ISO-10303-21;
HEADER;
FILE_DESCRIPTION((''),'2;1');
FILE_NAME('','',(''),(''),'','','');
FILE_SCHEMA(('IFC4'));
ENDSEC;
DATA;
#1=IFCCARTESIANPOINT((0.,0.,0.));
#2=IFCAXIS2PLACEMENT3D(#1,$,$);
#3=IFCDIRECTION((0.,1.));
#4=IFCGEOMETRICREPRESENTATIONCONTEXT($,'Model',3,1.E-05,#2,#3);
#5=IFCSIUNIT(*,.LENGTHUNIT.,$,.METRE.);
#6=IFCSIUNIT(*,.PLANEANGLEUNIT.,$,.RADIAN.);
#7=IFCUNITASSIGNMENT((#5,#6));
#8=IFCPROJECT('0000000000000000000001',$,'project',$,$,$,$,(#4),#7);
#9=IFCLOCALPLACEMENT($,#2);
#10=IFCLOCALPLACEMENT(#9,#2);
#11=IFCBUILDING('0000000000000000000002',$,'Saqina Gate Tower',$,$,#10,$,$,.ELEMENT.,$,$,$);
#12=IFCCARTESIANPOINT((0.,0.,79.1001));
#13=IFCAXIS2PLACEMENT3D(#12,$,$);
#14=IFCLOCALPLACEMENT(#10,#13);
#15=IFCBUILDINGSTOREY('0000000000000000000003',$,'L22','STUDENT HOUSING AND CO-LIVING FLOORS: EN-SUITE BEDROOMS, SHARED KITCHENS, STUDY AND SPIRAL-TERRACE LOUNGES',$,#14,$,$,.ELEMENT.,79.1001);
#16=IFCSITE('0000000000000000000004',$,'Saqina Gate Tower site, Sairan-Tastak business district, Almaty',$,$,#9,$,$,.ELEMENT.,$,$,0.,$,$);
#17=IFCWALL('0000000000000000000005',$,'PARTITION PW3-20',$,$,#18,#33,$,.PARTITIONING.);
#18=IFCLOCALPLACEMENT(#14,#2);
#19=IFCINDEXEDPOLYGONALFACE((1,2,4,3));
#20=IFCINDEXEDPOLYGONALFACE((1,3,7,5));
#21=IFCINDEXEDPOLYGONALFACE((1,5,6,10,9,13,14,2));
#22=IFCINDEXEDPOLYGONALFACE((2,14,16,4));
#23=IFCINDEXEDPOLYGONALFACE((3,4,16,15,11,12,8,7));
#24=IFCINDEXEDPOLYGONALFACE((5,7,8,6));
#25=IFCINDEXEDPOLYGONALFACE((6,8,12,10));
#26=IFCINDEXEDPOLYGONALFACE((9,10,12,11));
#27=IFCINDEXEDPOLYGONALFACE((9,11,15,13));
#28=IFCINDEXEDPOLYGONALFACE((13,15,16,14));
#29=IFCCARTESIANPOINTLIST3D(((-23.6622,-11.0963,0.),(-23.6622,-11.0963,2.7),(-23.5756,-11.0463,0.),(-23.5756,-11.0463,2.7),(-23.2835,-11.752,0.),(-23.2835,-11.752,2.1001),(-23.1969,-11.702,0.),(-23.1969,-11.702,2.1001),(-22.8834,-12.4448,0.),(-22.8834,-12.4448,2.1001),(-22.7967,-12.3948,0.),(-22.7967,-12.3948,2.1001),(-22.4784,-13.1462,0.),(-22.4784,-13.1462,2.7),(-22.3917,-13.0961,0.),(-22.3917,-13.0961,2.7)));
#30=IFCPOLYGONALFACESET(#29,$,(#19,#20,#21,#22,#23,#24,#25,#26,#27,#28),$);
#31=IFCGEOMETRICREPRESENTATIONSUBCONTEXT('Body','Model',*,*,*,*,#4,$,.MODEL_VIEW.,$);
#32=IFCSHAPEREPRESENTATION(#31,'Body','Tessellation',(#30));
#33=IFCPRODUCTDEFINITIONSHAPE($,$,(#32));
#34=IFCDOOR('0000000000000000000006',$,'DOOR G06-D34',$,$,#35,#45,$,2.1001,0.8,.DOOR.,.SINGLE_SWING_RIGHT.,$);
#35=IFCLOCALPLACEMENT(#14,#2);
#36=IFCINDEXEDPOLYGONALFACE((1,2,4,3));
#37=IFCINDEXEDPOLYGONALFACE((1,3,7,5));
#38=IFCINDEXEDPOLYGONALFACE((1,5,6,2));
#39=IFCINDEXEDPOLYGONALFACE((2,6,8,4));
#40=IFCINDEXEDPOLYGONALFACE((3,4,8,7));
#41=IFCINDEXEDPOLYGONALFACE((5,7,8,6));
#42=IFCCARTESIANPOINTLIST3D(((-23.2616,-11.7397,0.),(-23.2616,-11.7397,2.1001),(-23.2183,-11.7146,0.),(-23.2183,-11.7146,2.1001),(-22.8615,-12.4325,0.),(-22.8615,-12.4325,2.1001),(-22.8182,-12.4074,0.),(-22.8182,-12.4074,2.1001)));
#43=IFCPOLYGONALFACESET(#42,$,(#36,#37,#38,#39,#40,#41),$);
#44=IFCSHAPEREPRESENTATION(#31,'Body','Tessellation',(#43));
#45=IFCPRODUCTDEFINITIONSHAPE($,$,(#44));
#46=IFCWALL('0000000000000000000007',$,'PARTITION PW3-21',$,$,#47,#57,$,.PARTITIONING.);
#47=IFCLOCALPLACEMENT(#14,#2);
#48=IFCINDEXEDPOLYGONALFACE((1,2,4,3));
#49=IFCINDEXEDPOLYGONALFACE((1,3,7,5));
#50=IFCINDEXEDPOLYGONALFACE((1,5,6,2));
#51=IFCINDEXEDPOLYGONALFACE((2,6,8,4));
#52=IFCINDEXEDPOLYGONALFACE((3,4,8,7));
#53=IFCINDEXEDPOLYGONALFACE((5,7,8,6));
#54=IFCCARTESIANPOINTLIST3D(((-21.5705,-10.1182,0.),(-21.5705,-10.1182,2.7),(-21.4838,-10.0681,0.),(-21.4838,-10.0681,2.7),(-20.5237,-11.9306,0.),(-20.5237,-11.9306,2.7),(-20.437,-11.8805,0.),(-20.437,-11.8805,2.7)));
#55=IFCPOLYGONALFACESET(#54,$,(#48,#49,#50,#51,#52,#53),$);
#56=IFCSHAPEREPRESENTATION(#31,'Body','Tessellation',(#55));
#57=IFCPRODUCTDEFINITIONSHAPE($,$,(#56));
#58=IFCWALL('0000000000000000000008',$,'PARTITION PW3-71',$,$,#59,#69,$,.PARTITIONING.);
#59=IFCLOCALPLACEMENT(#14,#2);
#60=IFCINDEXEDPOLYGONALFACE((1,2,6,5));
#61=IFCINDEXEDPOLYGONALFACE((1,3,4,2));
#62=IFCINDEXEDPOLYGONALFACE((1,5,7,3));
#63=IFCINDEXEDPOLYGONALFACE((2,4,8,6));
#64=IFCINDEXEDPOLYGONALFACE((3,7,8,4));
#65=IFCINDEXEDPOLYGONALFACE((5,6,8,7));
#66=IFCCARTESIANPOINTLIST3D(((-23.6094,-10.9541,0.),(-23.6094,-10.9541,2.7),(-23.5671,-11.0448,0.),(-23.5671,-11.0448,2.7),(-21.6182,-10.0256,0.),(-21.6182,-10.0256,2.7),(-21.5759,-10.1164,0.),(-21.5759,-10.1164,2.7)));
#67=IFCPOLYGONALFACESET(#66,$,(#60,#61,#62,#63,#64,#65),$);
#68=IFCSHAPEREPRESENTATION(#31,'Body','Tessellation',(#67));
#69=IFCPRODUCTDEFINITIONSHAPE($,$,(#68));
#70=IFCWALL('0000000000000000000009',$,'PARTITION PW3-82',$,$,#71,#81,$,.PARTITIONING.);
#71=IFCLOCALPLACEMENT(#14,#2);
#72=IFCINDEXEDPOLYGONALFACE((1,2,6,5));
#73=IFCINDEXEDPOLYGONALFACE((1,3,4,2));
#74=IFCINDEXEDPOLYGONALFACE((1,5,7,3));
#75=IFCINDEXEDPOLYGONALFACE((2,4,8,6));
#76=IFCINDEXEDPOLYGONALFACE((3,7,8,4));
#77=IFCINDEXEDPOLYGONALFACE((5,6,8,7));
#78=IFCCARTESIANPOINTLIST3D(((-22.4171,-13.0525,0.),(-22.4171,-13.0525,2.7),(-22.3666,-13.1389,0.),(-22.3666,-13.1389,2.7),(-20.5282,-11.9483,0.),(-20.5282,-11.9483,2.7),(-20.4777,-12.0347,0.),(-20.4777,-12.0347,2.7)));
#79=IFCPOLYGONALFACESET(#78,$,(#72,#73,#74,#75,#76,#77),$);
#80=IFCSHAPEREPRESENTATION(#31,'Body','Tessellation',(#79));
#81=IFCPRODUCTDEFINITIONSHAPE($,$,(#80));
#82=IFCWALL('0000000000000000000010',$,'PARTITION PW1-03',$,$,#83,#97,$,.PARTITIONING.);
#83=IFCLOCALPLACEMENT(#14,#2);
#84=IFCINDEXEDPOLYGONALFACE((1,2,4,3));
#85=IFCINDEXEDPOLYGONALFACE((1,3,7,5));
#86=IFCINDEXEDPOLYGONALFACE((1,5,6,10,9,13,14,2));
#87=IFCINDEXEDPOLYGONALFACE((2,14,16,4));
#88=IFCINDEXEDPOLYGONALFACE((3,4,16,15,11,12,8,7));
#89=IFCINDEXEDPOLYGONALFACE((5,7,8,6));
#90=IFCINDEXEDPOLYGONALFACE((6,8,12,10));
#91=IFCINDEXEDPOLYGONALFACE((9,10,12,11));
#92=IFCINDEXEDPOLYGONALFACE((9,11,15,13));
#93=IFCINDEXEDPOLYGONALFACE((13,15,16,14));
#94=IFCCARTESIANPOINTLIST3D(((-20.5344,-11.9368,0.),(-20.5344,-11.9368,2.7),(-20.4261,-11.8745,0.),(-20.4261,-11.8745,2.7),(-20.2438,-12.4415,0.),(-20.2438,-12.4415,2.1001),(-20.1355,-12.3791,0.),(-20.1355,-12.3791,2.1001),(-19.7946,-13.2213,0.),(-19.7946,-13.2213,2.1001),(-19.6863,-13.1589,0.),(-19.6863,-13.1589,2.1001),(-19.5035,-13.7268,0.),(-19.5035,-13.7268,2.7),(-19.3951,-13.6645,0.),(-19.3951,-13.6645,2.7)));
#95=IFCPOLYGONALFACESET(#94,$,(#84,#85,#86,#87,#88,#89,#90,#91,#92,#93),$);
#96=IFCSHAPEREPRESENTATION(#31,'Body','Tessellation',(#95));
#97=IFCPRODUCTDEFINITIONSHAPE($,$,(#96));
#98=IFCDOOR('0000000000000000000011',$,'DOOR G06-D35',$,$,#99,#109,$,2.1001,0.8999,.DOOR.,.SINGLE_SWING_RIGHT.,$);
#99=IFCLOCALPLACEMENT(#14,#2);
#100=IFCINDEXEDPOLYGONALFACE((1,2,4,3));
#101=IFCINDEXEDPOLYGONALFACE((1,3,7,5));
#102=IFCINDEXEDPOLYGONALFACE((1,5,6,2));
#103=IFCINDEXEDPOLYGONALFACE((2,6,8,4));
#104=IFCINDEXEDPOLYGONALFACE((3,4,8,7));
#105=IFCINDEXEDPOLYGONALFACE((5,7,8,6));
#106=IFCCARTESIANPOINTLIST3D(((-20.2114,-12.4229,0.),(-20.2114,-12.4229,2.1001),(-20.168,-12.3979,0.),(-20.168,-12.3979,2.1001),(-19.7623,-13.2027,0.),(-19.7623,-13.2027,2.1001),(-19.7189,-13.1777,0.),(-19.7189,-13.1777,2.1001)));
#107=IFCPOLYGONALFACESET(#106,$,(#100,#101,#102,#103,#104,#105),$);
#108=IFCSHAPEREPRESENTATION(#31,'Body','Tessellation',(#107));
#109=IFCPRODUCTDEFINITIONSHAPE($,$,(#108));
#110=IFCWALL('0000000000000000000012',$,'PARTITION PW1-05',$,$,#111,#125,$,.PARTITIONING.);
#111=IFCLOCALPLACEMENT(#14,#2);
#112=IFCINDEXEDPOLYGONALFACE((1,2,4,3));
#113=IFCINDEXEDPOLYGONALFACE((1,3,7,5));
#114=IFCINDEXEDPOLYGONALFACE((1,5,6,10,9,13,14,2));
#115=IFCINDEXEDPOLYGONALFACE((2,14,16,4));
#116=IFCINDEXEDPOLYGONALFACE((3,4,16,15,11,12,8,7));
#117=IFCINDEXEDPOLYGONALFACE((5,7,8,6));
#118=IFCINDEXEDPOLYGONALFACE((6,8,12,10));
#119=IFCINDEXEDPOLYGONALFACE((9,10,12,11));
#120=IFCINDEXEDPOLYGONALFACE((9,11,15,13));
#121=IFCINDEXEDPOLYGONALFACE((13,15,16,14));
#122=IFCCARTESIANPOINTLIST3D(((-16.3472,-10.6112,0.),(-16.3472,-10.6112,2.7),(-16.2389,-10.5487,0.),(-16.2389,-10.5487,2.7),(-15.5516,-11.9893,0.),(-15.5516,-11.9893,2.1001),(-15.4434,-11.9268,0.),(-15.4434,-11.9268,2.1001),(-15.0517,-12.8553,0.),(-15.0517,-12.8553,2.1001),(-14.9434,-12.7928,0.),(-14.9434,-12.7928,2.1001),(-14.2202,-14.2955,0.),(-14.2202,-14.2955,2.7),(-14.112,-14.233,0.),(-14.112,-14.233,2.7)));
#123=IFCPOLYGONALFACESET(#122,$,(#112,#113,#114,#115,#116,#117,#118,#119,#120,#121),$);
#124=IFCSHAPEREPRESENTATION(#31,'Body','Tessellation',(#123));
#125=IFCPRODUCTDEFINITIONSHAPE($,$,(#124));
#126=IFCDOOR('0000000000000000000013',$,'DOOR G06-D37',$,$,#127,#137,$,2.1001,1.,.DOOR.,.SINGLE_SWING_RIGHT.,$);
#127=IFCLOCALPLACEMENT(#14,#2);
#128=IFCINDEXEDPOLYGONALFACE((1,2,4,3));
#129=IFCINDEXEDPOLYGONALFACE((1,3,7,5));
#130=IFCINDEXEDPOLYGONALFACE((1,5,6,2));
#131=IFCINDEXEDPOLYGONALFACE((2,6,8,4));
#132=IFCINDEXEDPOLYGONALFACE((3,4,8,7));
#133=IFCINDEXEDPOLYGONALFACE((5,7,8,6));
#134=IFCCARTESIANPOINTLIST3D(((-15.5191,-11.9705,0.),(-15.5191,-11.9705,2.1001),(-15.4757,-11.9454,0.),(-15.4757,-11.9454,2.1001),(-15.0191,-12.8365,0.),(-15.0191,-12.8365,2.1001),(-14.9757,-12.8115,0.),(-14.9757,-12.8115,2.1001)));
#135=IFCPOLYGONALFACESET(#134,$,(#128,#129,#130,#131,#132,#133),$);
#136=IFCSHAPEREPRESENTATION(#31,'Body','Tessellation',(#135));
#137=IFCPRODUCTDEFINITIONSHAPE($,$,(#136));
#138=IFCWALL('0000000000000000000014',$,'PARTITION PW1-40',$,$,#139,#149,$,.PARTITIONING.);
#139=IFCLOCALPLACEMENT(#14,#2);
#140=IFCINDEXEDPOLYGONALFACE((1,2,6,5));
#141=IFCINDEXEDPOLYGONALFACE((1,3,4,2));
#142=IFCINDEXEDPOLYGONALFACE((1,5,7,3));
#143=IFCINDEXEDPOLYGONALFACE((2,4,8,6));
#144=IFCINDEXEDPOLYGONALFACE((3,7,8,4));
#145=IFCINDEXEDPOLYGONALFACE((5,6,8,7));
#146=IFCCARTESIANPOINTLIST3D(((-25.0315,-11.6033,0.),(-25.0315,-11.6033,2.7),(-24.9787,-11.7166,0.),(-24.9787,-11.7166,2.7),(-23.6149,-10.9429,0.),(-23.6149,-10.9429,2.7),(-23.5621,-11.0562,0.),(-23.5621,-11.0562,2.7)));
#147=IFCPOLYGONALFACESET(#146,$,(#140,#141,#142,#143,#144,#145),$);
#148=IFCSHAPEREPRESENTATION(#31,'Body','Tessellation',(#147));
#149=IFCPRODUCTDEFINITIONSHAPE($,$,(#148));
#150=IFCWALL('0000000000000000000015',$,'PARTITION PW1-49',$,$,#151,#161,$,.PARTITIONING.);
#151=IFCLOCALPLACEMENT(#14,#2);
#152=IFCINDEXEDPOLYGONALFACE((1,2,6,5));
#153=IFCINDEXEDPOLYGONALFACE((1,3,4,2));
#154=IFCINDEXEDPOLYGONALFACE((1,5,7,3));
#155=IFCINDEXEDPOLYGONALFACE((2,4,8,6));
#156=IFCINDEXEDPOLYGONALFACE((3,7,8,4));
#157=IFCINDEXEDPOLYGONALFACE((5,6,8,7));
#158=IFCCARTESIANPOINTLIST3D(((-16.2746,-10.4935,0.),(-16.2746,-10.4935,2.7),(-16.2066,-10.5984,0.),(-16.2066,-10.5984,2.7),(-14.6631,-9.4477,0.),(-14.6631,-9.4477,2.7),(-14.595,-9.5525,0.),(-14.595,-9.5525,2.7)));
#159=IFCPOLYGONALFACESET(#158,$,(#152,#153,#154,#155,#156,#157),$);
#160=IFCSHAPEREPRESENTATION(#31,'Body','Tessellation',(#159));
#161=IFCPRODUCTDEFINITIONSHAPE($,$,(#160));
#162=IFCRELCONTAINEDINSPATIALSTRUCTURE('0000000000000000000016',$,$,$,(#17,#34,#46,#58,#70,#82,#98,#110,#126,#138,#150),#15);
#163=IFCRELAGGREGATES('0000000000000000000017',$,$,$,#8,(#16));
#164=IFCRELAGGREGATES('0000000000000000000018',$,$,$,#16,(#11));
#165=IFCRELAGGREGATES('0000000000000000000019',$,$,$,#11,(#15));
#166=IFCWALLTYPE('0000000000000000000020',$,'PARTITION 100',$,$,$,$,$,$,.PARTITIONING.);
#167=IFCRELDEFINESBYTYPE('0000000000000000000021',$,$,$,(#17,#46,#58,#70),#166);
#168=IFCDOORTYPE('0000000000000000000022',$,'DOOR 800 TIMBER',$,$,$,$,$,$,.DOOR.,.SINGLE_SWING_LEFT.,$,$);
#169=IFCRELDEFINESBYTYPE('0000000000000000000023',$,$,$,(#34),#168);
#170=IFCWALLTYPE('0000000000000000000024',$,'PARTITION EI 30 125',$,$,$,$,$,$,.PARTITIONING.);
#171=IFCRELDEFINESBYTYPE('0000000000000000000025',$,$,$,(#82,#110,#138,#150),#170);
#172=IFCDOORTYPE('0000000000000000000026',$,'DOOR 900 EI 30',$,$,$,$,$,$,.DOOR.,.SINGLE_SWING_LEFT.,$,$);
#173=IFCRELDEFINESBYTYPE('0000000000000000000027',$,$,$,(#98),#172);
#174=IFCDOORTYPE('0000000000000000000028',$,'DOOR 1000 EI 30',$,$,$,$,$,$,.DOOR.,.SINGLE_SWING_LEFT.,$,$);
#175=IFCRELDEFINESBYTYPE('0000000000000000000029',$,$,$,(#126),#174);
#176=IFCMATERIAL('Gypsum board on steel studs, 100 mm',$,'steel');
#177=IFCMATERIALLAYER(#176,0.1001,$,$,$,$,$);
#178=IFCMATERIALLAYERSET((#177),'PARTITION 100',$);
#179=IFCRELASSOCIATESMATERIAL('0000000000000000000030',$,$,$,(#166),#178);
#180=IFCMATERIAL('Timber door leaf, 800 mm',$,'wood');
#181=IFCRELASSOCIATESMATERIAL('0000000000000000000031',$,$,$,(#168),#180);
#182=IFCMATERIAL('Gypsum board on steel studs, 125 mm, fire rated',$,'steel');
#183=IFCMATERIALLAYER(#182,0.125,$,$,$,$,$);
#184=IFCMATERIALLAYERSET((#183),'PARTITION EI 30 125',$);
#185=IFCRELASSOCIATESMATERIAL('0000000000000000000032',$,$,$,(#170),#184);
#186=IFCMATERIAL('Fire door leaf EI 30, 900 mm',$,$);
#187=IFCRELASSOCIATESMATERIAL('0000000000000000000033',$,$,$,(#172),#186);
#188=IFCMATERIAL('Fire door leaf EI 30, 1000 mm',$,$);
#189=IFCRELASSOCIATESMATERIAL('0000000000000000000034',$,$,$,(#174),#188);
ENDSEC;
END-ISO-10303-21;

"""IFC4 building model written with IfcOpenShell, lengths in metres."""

from ifc_helpers import new_model, si_unit, direction, frame, frame_2d, origin, place, context, subcontext, project, spatial, rectangle, extrude, material, layer, layer_set, type_object, element, fill, save


model = new_model("IFC4")

# Units and contexts
model_context = context("Model", 3, precision=1e-05, world=origin(), true_north=direction((0.0, 1.0)))
body_context = subcontext(model_context, "Body", "Model", "MODEL_VIEW")
ifc_project = project(units=[si_unit("LENGTHUNIT", "METRE"), si_unit("PLANEANGLEUNIT", "RADIAN")], contexts=[model_context])

# Site, building, storey
site_placement = place(None, origin())
site = spatial("IfcSite", under=ifc_project, at=site_placement, Name="Saqina Gate Tower site, Sairan-Tastak business district, Almaty", CompositionType="ELEMENT", RefElevation=0.0)
building_placement = place(site_placement, origin())
building = spatial("IfcBuilding", under=site, at=building_placement, Name="Saqina Gate Tower", CompositionType="ELEMENT")
storey_placement = place(building_placement, frame((0.0, 0.0, 79.1001)))
storey = spatial("IfcBuildingStorey", under=building, at=storey_placement, Name="L22", Description="STUDENT HOUSING AND CO-LIVING FLOORS: EN-SUITE BEDROOMS, SHARED KITCHENS, STUDY AND SPIRAL-TERRACE LOUNGES", CompositionType="ELEMENT", Elevation=79.1001)

# Wall, opening, door
ifc_material_1 = material(Name="Gypsum board on steel studs, 100 mm", Category="steel")
ifc_layer_1 = layer(ifc_material_1, 0.1001)
ifc_layer_set_1 = layer_set([ifc_layer_1], Name="PARTITION 100")
wall_type_1 = type_object("IfcWallType", Name="PARTITION 100", PredefinedType="PARTITIONING", material=ifc_layer_set_1)
wall_1_placement = place(storey_placement, frame((-23.6189, -11.0713, 0.0), z_axis=(0.0, 0.0, 1.0), x_axis=(0.500121, -0.865955, 0.0)))
wall_1 = element("IfcWall", 1, at=wall_1_placement, inside=storey, type_object=wall_type_1, Name="PARTITION PW3-20", PredefinedType="PARTITIONING", context=body_context, shape_type="SweptSolid", body=[
    extrude(rectangle(XDim=2.3672, YDim=0.1001, at=frame_2d((1.1836, 0.0))), origin(), (0.0, 0.0, 1.0), 2.7),
])
opening_1_placement = place(wall_1_placement, frame((0.7573, 0.0, 0.0)))
opening_1 = element("IfcOpeningElement", 2, at=opening_1_placement, cuts=wall_1, PredefinedType="OPENING", context=body_context, shape_type="SweptSolid", body=[
    extrude(rectangle(XDim=0.8, YDim=2.1001, at=frame_2d((0.3999, 1.05))), frame((0.0, 0.062, 0.0), z_axis=(0.0, -1.0, 0.0), x_axis=(1.0, 0.0, 0.0)), (0.0, 0.0, 1.0), 0.124),
])
ifc_material_2 = material(Name="Timber door leaf, 800 mm", Category="wood")
door_type_1 = type_object("IfcDoorType", Name="DOOR 800 TIMBER", OperationType="SINGLE_SWING_LEFT", PredefinedType="DOOR", material=ifc_material_2)
door_1_placement = place(opening_1_placement, frame((0.8, 0.0, 0.0), z_axis=(0.0, 0.0, 1.0), x_axis=(-1.0, 0.0, 0.0)))
door_1 = element("IfcDoor", 3, at=door_1_placement, inside=storey, type_object=door_type_1, Name="DOOR G06-D34", OperationType="SINGLE_SWING_RIGHT", OverallHeight=2.1001, OverallWidth=0.8, PredefinedType="DOOR", context=body_context, shape_type="SweptSolid", body=[
    extrude(rectangle(XDim=0.8, YDim=2.1001, at=frame_2d((0.3999, 1.05))), frame((0.0, 0.0249, 0.0), z_axis=(0.0, -1.0, 0.0), x_axis=(1.0, 0.0, 0.0)), (0.0, 0.0, 1.0), 0.05),
])
fill(opening_1, door_1)

# Walls
wall_2_placement = place(storey_placement, frame((-21.5271, -10.0933, 0.0), z_axis=(0.0, 0.0, 1.0), x_axis=(0.500153, -0.865937, 0.0)))
element("IfcWall", 4, at=wall_2_placement, inside=storey, type_object=wall_type_1, Name="PARTITION PW3-21", PredefinedType="PARTITIONING", context=body_context, shape_type="SweptSolid", body=[
    extrude(rectangle(XDim=2.093, YDim=0.1001, at=frame_2d((1.0464, 0.0))), origin(), (0.0, 0.0, 1.0), 2.7),
])
wall_3_placement = place(storey_placement, frame((-23.5884, -10.9995, 0.0), z_axis=(0.0, 0.0, 1.0), x_axis=(0.906317, 0.4226, 0.0)))
element("IfcWall", 5, at=wall_3_placement, inside=storey, type_object=wall_type_1, Name="PARTITION PW3-71", PredefinedType="PARTITIONING", context=body_context, shape_type="SweptSolid", body=[
    extrude(rectangle(XDim=2.197, YDim=0.1001, at=frame_2d((1.0986, 0.0))), origin(), (0.0, 0.0, 1.0), 2.7),
])
wall_4_placement = place(storey_placement, frame((-22.3918, -13.0957, 0.0), z_axis=(0.0, 0.0, 1.0), x_axis=(0.863305, 0.504683, 0.0)))
element("IfcWall", 6, at=wall_4_placement, inside=storey, type_object=wall_type_1, Name="PARTITION PW3-82", PredefinedType="PARTITIONING", context=body_context, shape_type="SweptSolid", body=[
    extrude(rectangle(XDim=2.188, YDim=0.1001, at=frame_2d((1.094, 0.0))), origin(), (0.0, 0.0, 1.0), 2.7),
])

# Walls, openings, doors
ifc_material_3 = material(Name="Gypsum board on steel studs, 125 mm, fire rated", Category="steel")
ifc_layer_2 = layer(ifc_material_3, 0.125)
ifc_layer_set_2 = layer_set([ifc_layer_2], Name="PARTITION EI 30 125")
wall_type_2 = type_object("IfcWallType", Name="PARTITION EI 30 125", PredefinedType="PARTITIONING", material=ifc_layer_set_2)
wall_5_placement = place(storey_placement, frame((-20.4802, -11.9058, 0.0), z_axis=(0.0, 0.0, 1.0), x_axis=(0.499102, -0.866543, 0.0)))
wall_5 = element("IfcWall", 7, at=wall_5_placement, inside=storey, type_object=wall_type_2, Name="PARTITION PW1-03", PredefinedType="PARTITIONING", context=body_context, shape_type="SweptSolid", body=[
    extrude(rectangle(XDim=2.0657, YDim=0.125, at=frame_2d((1.0327, 0.0))), origin(), (0.0, 0.0, 1.0), 2.7),
])
opening_2_placement = place(wall_5_placement, frame((0.5823, 0.0, 0.0)))
opening_2 = element("IfcOpeningElement", 8, at=opening_2_placement, cuts=wall_5, PredefinedType="OPENING", context=body_context, shape_type="SweptSolid", body=[
    extrude(rectangle(XDim=0.8999, YDim=2.1001, at=frame_2d((0.45, 1.05))), frame((0.0, 0.0745, 0.0), z_axis=(0.0, -1.0, 0.0), x_axis=(1.0, 0.0, 0.0)), (0.0, 0.0, 1.0), 0.1489),
])
ifc_material_4 = material(Name="Fire door leaf EI 30, 900 mm")
door_type_2 = type_object("IfcDoorType", Name="DOOR 900 EI 30", OperationType="SINGLE_SWING_LEFT", PredefinedType="DOOR", material=ifc_material_4)
door_2_placement = place(opening_2_placement, origin())
door_2 = element("IfcDoor", 9, at=door_2_placement, inside=storey, type_object=door_type_2, Name="DOOR G06-D35", OperationType="SINGLE_SWING_RIGHT", OverallHeight=2.1001, OverallWidth=0.8999, PredefinedType="DOOR", context=body_context, shape_type="SweptSolid", body=[
    extrude(rectangle(XDim=0.8999, YDim=2.1001, at=frame_2d((0.45, 1.05))), frame((0.0, 0.0249, 0.0), z_axis=(0.0, -1.0, 0.0), x_axis=(1.0, 0.0, 0.0)), (0.0, 0.0, 1.0), 0.05),
])
fill(opening_2, door_2)
wall_6_placement = place(storey_placement, frame((-16.293, -10.5801, 0.0), z_axis=(0.0, 0.0, 1.0), x_axis=(0.499966, -0.866045, 0.0)))
wall_6 = element("IfcWall", 10, at=wall_6_placement, inside=storey, type_object=wall_type_2, Name="PARTITION PW1-05", PredefinedType="PARTITIONING", context=body_context, shape_type="SweptSolid", body=[
    extrude(rectangle(XDim=4.2542, YDim=0.125, at=frame_2d((2.127, 0.0))), origin(), (0.0, 0.0, 1.0), 2.7),
])
opening_3_placement = place(wall_6_placement, frame((1.5911, 0.0, 0.0)))
opening_3 = element("IfcOpeningElement", 11, at=opening_3_placement, cuts=wall_6, PredefinedType="OPENING", context=body_context, shape_type="SweptSolid", body=[
    extrude(rectangle(XDim=1.0, YDim=2.1001, at=frame_2d((0.5, 1.05))), frame((0.0, 0.0745, 0.0), z_axis=(0.0, -1.0, 0.0), x_axis=(1.0, 0.0, 0.0)), (0.0, 0.0, 1.0), 0.1489),
])
ifc_material_5 = material(Name="Fire door leaf EI 30, 1000 mm")
door_type_3 = type_object("IfcDoorType", Name="DOOR 1000 EI 30", OperationType="SINGLE_SWING_LEFT", PredefinedType="DOOR", material=ifc_material_5)
door_3_placement = place(opening_3_placement, frame((1.0, 0.0, 0.0), z_axis=(0.0, 0.0, 1.0), x_axis=(-1.0, 0.0, 0.0)))
door_3 = element("IfcDoor", 12, at=door_3_placement, inside=storey, type_object=door_type_3, Name="DOOR G06-D37", OperationType="SINGLE_SWING_RIGHT", OverallHeight=2.1001, OverallWidth=1.0, PredefinedType="DOOR", context=body_context, shape_type="SweptSolid", body=[
    extrude(rectangle(XDim=1.0, YDim=2.1001, at=frame_2d((0.5, 1.05))), frame((0.0, 0.0249, 0.0), z_axis=(0.0, -1.0, 0.0), x_axis=(1.0, 0.0, 0.0)), (0.0, 0.0, 1.0), 0.05),
])
fill(opening_3, door_3)

# Walls
wall_7_placement = place(storey_placement, frame((-25.0051, -11.6599, 0.0), z_axis=(0.0, 0.0, 1.0), x_axis=(0.906367, 0.422492, 0.0)))
element("IfcWall", 13, at=wall_7_placement, inside=storey, type_object=wall_type_2, Name="PARTITION PW1-40", PredefinedType="PARTITIONING", context=body_context, shape_type="SweptSolid", body=[
    extrude(rectangle(XDim=1.563, YDim=0.125, at=frame_2d((0.7815, 0.0))), origin(), (0.0, 0.0, 1.0), 2.7),
])
wall_8_placement = place(storey_placement, frame((-16.2405, -10.5459, 0.0), z_axis=(0.0, 0.0, 1.0), x_axis=(0.83883, 0.544394, 0.0)))
element("IfcWall", 14, at=wall_8_placement, inside=storey, type_object=wall_type_2, Name="PARTITION PW1-49", PredefinedType="PARTITIONING", context=body_context, shape_type="SweptSolid", body=[
    extrude(rectangle(XDim=1.9211, YDim=0.125, at=frame_2d((0.9604, 0.0))), origin(), (0.0, 0.0, 1.0), 2.7),
])

save(model, "model.ifc")
